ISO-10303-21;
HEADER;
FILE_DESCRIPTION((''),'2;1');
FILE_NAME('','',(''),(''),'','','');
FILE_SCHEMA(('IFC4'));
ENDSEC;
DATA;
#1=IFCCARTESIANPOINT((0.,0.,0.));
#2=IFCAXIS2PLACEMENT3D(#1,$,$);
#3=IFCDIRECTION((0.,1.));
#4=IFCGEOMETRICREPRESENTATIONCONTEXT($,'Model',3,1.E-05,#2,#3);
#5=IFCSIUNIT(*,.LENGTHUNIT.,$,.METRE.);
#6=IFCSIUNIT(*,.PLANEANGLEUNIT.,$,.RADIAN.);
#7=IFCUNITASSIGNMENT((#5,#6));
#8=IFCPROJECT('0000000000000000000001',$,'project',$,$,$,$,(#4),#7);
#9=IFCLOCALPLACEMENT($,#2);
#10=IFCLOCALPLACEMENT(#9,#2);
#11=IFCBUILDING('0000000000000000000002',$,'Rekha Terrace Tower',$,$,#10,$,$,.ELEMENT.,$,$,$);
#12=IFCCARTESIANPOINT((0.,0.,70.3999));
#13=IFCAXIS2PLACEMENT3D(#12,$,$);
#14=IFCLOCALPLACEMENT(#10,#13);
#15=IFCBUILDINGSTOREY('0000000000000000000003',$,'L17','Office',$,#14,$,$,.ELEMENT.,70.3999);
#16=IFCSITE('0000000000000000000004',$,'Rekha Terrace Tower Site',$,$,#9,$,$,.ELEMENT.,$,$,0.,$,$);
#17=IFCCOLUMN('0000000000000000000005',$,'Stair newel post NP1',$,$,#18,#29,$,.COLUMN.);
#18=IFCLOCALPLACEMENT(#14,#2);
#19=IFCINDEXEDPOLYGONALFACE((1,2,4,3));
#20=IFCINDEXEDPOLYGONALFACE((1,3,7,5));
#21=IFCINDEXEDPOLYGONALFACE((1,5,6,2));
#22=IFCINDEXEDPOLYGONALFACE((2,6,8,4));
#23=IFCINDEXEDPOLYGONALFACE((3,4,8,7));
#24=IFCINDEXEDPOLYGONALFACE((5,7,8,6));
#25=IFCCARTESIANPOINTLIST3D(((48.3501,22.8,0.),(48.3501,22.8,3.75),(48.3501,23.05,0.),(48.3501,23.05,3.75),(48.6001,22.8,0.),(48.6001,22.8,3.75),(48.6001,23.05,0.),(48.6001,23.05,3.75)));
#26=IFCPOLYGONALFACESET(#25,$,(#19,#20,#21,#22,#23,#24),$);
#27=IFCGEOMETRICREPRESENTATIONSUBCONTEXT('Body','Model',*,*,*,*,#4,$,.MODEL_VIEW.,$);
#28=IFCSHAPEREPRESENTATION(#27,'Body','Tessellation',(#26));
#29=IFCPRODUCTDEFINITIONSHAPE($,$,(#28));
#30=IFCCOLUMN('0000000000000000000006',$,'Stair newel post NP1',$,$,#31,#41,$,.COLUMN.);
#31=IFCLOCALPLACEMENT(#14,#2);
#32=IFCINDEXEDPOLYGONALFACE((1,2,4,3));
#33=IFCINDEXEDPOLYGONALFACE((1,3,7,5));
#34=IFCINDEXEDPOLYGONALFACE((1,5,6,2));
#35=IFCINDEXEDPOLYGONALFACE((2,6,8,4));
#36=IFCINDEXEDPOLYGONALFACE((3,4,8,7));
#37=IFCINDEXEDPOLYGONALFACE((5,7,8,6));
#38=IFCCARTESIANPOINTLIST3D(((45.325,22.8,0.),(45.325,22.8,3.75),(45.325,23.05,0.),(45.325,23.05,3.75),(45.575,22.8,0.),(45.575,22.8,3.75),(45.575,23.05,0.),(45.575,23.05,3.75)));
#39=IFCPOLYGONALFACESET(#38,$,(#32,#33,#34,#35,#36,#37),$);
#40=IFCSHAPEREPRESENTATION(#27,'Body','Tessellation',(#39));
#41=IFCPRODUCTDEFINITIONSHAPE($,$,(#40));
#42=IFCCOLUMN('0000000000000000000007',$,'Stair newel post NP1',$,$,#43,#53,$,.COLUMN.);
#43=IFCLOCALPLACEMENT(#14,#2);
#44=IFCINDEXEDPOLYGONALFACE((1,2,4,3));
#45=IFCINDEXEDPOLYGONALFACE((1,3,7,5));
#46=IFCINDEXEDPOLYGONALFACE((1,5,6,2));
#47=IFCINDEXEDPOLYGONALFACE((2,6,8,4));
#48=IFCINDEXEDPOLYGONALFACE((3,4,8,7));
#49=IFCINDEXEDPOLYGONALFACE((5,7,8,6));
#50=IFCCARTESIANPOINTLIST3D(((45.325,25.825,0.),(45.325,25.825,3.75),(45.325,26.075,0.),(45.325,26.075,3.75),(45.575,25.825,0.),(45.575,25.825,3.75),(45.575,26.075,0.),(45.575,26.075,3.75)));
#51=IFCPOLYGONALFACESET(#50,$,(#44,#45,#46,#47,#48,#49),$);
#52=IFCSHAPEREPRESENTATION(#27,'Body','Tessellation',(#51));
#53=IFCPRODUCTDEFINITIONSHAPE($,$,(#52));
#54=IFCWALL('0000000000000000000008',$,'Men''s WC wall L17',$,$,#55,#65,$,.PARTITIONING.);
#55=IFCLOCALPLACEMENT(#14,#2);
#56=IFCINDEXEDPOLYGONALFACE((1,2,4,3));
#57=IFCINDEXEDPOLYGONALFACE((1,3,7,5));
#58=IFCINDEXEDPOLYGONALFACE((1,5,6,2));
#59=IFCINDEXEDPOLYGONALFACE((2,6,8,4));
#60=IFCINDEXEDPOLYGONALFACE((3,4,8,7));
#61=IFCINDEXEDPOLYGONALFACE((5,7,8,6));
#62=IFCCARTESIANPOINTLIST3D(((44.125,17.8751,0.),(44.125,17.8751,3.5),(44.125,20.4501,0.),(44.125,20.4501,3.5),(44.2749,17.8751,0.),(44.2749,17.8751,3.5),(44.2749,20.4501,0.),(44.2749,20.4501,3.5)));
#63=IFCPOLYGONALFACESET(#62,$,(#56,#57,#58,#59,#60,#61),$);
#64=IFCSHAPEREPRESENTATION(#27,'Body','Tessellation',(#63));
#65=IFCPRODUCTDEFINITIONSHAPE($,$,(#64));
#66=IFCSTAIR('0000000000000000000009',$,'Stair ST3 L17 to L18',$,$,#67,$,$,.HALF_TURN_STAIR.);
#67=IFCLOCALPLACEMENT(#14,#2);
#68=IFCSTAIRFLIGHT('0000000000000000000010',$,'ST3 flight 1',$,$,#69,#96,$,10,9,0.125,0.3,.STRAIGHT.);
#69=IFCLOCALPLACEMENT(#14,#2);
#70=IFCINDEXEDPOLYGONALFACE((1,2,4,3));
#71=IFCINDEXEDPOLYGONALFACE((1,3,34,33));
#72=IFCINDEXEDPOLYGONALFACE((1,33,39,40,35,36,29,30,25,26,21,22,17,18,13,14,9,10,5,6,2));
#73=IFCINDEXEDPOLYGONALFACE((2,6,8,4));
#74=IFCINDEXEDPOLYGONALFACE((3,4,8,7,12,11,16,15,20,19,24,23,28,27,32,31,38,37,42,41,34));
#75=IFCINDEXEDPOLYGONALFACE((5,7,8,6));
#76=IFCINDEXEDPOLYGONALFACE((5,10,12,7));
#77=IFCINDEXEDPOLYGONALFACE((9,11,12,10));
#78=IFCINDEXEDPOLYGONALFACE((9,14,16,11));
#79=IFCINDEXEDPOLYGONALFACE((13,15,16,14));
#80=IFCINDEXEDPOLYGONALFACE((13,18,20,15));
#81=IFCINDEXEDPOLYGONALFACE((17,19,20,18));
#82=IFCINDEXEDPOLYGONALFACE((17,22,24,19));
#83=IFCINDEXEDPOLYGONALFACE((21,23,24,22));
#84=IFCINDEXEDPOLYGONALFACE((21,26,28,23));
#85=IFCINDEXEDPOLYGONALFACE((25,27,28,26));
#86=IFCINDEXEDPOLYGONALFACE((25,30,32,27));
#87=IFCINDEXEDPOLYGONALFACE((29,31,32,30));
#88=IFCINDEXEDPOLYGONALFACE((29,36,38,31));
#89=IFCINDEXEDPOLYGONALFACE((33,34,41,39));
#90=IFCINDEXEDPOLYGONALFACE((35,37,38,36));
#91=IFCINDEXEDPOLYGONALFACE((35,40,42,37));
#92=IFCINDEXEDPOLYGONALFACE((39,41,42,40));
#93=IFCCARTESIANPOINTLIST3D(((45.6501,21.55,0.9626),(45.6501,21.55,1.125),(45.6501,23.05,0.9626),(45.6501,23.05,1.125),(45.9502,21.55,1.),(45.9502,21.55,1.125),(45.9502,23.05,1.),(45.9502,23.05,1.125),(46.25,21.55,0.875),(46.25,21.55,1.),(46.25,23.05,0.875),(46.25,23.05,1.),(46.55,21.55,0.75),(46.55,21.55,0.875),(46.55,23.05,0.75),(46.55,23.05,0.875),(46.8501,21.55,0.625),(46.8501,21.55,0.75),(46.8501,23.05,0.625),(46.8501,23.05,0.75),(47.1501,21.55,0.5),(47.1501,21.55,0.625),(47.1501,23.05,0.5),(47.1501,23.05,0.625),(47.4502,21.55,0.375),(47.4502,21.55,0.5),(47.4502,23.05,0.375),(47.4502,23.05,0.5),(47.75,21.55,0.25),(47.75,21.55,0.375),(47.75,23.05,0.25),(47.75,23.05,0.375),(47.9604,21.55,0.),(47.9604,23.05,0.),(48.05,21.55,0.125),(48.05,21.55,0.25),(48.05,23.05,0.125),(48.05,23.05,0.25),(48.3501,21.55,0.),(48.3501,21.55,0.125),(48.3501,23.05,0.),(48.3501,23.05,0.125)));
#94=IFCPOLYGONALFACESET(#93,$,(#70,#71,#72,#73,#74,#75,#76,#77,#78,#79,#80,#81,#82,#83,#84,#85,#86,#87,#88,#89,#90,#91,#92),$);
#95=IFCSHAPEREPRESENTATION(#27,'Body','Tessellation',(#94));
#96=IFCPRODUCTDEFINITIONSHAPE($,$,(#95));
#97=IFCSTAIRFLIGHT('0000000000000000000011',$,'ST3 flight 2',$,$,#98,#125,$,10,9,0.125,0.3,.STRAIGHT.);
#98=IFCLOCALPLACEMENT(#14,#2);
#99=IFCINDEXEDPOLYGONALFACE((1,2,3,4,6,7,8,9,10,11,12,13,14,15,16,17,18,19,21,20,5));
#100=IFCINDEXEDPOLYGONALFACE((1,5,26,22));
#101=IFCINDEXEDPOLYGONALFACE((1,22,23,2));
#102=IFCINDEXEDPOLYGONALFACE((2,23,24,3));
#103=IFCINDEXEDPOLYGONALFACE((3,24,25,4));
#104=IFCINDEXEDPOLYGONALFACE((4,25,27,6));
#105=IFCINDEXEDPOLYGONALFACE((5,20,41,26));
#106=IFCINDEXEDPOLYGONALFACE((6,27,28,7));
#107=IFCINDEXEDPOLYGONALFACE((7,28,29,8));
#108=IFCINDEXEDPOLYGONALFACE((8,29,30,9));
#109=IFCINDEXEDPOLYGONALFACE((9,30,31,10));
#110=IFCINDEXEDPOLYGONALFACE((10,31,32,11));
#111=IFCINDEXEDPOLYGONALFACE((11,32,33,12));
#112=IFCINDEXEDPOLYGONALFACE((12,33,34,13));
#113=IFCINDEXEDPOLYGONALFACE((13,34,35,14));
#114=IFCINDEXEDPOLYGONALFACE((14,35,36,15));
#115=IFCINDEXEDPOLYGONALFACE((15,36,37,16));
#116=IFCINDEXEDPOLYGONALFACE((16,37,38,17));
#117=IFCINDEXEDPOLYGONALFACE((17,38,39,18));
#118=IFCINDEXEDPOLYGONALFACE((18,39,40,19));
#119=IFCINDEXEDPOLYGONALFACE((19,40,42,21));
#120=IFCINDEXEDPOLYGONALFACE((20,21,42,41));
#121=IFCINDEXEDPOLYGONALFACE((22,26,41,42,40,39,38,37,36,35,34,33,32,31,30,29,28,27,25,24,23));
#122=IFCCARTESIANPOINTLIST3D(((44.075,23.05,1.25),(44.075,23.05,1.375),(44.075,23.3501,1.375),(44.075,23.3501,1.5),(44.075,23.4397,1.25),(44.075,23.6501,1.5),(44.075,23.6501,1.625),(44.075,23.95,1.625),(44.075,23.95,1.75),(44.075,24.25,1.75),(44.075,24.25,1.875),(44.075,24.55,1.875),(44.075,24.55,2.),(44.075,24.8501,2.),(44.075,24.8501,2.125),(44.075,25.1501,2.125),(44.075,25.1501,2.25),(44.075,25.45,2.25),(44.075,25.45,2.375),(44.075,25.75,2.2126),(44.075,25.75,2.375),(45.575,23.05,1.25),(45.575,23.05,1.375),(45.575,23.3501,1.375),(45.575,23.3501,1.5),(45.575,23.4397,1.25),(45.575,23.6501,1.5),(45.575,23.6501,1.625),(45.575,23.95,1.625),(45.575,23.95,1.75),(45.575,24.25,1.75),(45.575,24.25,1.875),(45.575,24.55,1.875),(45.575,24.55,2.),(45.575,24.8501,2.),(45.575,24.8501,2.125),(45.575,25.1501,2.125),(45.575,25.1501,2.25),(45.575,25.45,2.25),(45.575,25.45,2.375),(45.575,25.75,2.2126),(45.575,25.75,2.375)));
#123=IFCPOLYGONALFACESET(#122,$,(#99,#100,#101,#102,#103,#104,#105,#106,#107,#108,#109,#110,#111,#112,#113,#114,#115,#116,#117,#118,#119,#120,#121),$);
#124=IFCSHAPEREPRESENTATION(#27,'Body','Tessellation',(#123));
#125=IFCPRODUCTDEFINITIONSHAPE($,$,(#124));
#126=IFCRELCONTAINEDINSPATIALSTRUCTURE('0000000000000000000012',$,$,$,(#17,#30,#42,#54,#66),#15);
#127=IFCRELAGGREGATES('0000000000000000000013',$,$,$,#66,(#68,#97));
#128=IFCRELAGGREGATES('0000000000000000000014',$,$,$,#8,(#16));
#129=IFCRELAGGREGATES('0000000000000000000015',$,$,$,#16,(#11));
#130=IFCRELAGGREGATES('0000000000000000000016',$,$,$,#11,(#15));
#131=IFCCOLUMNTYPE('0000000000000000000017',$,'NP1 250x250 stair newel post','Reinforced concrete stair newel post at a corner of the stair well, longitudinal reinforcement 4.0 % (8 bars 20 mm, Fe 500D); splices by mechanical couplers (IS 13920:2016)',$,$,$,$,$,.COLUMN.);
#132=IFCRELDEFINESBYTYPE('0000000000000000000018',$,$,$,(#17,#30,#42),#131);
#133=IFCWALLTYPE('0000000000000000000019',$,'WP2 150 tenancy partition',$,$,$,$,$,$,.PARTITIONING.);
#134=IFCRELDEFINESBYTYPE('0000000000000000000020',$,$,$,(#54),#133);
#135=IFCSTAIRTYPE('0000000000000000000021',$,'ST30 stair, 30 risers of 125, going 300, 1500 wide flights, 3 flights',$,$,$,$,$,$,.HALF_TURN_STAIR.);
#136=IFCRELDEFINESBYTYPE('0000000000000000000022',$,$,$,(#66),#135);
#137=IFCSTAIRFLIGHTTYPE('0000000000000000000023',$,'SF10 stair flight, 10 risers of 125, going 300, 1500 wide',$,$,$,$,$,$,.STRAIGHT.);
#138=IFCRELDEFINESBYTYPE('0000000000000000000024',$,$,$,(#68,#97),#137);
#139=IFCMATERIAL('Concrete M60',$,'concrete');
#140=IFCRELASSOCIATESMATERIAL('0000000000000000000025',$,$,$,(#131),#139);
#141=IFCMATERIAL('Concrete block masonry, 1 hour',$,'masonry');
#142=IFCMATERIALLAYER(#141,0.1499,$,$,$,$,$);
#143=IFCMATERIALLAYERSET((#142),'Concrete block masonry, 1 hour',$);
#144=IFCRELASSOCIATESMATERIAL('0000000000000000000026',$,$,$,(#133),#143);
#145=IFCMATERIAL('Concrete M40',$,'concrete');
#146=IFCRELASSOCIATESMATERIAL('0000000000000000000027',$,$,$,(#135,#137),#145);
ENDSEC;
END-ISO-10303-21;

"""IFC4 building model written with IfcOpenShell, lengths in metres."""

from ifc_helpers import new_model, si_unit, direction, frame, frame_2d, origin, origin_2d, place, context, subcontext, project, spatial, polyline, rectangle, outline, extrude, material, layer, layer_set, material_profile, profile_set, type_object, element, aggregate, save


model = new_model("IFC4")

# Units and contexts
model_context = context("Model", 3, precision=1e-05, world=origin(), true_north=direction((0.0, 1.0)))
body_context = subcontext(model_context, "Body", "Model", "MODEL_VIEW")
ifc_project = project(units=[si_unit("LENGTHUNIT", "METRE"), si_unit("PLANEANGLEUNIT", "RADIAN")], contexts=[model_context])

# Site, building, storey
site_placement = place(None, origin())
site = spatial("IfcSite", under=ifc_project, at=site_placement, Name="Rekha Terrace Tower Site", CompositionType="ELEMENT", RefElevation=0.0)
building_placement = place(site_placement, origin())
building = spatial("IfcBuilding", under=site, at=building_placement, Name="Rekha Terrace Tower", CompositionType="ELEMENT")
storey_placement = place(building_placement, frame((0.0, 0.0, 70.3999)))
storey = spatial("IfcBuildingStorey", under=building, at=storey_placement, Name="L17", Description="Office", CompositionType="ELEMENT", Elevation=70.3999)

# Columns
ifc_material_1 = material(Name="Concrete M60", Category="concrete")
ifc_material_profile = material_profile(ifc_material_1, rectangle(XDim=0.25, YDim=0.25, at=origin_2d()), Name="RC 250x250")
ifc_profile_set = profile_set([ifc_material_profile], Name="Concrete M60")
column_type = type_object("IfcColumnType", Name="NP1 250x250 stair newel post", Description="Reinforced concrete stair newel post at a corner of the stair well, longitudinal reinforcement 4.0 % (8 bars 20 mm, Fe 500D); splices by mechanical couplers (IS 13920:2016)", PredefinedType="COLUMN", material=ifc_profile_set)
for number, where, z_axis, x_axis, name in (
    (1, (48.4751, 22.925, 0.0), (0.0, 0.0, 1.0), (1.0, 0.0, 0.0), "Stair newel post NP1"),
    (2, (45.45, 22.925, 0.0), (0.0, 0.0, 1.0), (1.0, 0.0, 0.0), "Stair newel post NP1"),
    (3, (45.45, 25.95, 0.0), (0.0, 0.0, 1.0), (1.0, 0.0, 0.0), "Stair newel post NP1"),
):
    element("IfcColumn", number, at=place(storey_placement, frame(where, z_axis=z_axis, x_axis=x_axis)), inside=storey, type_object=column_type, Name=name, PredefinedType="COLUMN", context=body_context, shape_type="SweptSolid", body=[
        extrude(rectangle(XDim=0.25, YDim=0.25, at=origin_2d()), origin(), (0.0, 0.0, 1.0), 3.75),
    ])

# Wall
ifc_material_2 = material(Name="Concrete block masonry, 1 hour", Category="masonry")
ifc_layer = layer(ifc_material_2, 0.1499)
ifc_layer_set = layer_set([ifc_layer], Name="Concrete block masonry, 1 hour")
wall_type = type_object("IfcWallType", Name="WP2 150 tenancy partition", PredefinedType="PARTITIONING", material=ifc_layer_set)
wall_placement = place(storey_placement, frame((44.2, 17.875, 0.0), z_axis=(0.0, 0.0, 1.0), x_axis=(0.0, 1.0, 0.0)))
element("IfcWall", 4, at=wall_placement, inside=storey, type_object=wall_type, Name="Men's WC wall L17", PredefinedType="PARTITIONING", context=body_context, shape_type="SweptSolid", body=[
    extrude(rectangle(XDim=2.575, YDim=0.1499, at=frame_2d((1.2876, 0.0))), origin(), (0.0, 0.0, 1.0), 3.5),
])

# Stair, stair flights
ifc_material_3 = material(Name="Concrete M40", Category="concrete")
stair_type = type_object("IfcStairType", Name="ST30 stair, 30 risers of 125, going 300, 1500 wide flights, 3 flights", PredefinedType="HALF_TURN_STAIR", material=ifc_material_3)
stair_placement = place(storey_placement, origin())
stair = element("IfcStair", 5, at=stair_placement, inside=storey, type_object=stair_type, Name="Stair ST3 L17 to L18", PredefinedType="HALF_TURN_STAIR")
stair_flight_type = type_object("IfcStairFlightType", Name="SF10 stair flight, 10 risers of 125, going 300, 1500 wide", PredefinedType="STRAIGHT", material=ifc_material_3)
stair_flight_1_placement = place(storey_placement, frame((48.3501, 22.3, 0.0), z_axis=(0.0, 0.0, 1.0), x_axis=(-1.0, 0.0, 0.0)))
stair_flight_1 = element("IfcStairFlight", 6, at=stair_flight_1_placement, type_object=stair_flight_type, Name="ST3 flight 1", NumberOfRisers=10, NumberOfTreads=9, PredefinedType="STRAIGHT", RiserHeight=0.125, TreadLength=0.3, context=body_context, shape_type="SweptSolid", body=[
    extrude(outline(polyline([(0.0, 0.0), (0.0, 0.125), (0.3, 0.125), (0.3, 0.25), (0.6001, 0.25), (0.6001, 0.375), (0.8999, 0.375), (0.8999, 0.5), (1.2, 0.5), (1.2, 0.625), (1.5, 0.625), (1.5, 0.75), (1.8, 0.75), (1.8, 0.875), (2.1001, 0.875), (2.1001, 1.0), (2.3999, 1.0), (2.3999, 1.125), (2.7, 1.125), (2.7, 1.25), (2.7, 0.9626), (0.3896, 0.0), (0.0, 0.0)])), frame((0.0, 0.75, 0.0), z_axis=(0.0, -1.0, 0.0), x_axis=(1.0, 0.0, 0.0)), (0.0, 0.0, 1.0), 1.5),
])
stair_flight_2_placement = place(storey_placement, frame((44.825, 23.05, 1.25), z_axis=(0.0, 0.0, 1.0), x_axis=(0.0, 1.0, 0.0)))
stair_flight_2 = element("IfcStairFlight", 7, at=stair_flight_2_placement, type_object=stair_flight_type, Name="ST3 flight 2", NumberOfRisers=10, NumberOfTreads=9, PredefinedType="STRAIGHT", RiserHeight=0.125, TreadLength=0.3, context=body_context, shape_type="SweptSolid", body=[
    extrude(outline(polyline([(0.0, 0.0), (0.0, 0.125), (0.3, 0.125), (0.3, 0.25), (0.6001, 0.25), (0.6001, 0.375), (0.8999, 0.375), (0.8999, 0.5), (1.2, 0.5), (1.2, 0.625), (1.5, 0.625), (1.5, 0.75), (1.8, 0.75), (1.8, 0.875), (2.1001, 0.875), (2.1001, 1.0), (2.3999, 1.0), (2.3999, 1.125), (2.7, 1.125), (2.7, 1.25), (2.7, 0.9626), (0.3896, 0.0), (0.0, 0.0)])), frame((0.0, 0.75, 0.0), z_axis=(0.0, -1.0, 0.0), x_axis=(1.0, 0.0, 0.0)), (0.0, 0.0, 1.0), 1.5),
])
aggregate(stair, [stair_flight_1, stair_flight_2])

save(model, "model.ifc")
